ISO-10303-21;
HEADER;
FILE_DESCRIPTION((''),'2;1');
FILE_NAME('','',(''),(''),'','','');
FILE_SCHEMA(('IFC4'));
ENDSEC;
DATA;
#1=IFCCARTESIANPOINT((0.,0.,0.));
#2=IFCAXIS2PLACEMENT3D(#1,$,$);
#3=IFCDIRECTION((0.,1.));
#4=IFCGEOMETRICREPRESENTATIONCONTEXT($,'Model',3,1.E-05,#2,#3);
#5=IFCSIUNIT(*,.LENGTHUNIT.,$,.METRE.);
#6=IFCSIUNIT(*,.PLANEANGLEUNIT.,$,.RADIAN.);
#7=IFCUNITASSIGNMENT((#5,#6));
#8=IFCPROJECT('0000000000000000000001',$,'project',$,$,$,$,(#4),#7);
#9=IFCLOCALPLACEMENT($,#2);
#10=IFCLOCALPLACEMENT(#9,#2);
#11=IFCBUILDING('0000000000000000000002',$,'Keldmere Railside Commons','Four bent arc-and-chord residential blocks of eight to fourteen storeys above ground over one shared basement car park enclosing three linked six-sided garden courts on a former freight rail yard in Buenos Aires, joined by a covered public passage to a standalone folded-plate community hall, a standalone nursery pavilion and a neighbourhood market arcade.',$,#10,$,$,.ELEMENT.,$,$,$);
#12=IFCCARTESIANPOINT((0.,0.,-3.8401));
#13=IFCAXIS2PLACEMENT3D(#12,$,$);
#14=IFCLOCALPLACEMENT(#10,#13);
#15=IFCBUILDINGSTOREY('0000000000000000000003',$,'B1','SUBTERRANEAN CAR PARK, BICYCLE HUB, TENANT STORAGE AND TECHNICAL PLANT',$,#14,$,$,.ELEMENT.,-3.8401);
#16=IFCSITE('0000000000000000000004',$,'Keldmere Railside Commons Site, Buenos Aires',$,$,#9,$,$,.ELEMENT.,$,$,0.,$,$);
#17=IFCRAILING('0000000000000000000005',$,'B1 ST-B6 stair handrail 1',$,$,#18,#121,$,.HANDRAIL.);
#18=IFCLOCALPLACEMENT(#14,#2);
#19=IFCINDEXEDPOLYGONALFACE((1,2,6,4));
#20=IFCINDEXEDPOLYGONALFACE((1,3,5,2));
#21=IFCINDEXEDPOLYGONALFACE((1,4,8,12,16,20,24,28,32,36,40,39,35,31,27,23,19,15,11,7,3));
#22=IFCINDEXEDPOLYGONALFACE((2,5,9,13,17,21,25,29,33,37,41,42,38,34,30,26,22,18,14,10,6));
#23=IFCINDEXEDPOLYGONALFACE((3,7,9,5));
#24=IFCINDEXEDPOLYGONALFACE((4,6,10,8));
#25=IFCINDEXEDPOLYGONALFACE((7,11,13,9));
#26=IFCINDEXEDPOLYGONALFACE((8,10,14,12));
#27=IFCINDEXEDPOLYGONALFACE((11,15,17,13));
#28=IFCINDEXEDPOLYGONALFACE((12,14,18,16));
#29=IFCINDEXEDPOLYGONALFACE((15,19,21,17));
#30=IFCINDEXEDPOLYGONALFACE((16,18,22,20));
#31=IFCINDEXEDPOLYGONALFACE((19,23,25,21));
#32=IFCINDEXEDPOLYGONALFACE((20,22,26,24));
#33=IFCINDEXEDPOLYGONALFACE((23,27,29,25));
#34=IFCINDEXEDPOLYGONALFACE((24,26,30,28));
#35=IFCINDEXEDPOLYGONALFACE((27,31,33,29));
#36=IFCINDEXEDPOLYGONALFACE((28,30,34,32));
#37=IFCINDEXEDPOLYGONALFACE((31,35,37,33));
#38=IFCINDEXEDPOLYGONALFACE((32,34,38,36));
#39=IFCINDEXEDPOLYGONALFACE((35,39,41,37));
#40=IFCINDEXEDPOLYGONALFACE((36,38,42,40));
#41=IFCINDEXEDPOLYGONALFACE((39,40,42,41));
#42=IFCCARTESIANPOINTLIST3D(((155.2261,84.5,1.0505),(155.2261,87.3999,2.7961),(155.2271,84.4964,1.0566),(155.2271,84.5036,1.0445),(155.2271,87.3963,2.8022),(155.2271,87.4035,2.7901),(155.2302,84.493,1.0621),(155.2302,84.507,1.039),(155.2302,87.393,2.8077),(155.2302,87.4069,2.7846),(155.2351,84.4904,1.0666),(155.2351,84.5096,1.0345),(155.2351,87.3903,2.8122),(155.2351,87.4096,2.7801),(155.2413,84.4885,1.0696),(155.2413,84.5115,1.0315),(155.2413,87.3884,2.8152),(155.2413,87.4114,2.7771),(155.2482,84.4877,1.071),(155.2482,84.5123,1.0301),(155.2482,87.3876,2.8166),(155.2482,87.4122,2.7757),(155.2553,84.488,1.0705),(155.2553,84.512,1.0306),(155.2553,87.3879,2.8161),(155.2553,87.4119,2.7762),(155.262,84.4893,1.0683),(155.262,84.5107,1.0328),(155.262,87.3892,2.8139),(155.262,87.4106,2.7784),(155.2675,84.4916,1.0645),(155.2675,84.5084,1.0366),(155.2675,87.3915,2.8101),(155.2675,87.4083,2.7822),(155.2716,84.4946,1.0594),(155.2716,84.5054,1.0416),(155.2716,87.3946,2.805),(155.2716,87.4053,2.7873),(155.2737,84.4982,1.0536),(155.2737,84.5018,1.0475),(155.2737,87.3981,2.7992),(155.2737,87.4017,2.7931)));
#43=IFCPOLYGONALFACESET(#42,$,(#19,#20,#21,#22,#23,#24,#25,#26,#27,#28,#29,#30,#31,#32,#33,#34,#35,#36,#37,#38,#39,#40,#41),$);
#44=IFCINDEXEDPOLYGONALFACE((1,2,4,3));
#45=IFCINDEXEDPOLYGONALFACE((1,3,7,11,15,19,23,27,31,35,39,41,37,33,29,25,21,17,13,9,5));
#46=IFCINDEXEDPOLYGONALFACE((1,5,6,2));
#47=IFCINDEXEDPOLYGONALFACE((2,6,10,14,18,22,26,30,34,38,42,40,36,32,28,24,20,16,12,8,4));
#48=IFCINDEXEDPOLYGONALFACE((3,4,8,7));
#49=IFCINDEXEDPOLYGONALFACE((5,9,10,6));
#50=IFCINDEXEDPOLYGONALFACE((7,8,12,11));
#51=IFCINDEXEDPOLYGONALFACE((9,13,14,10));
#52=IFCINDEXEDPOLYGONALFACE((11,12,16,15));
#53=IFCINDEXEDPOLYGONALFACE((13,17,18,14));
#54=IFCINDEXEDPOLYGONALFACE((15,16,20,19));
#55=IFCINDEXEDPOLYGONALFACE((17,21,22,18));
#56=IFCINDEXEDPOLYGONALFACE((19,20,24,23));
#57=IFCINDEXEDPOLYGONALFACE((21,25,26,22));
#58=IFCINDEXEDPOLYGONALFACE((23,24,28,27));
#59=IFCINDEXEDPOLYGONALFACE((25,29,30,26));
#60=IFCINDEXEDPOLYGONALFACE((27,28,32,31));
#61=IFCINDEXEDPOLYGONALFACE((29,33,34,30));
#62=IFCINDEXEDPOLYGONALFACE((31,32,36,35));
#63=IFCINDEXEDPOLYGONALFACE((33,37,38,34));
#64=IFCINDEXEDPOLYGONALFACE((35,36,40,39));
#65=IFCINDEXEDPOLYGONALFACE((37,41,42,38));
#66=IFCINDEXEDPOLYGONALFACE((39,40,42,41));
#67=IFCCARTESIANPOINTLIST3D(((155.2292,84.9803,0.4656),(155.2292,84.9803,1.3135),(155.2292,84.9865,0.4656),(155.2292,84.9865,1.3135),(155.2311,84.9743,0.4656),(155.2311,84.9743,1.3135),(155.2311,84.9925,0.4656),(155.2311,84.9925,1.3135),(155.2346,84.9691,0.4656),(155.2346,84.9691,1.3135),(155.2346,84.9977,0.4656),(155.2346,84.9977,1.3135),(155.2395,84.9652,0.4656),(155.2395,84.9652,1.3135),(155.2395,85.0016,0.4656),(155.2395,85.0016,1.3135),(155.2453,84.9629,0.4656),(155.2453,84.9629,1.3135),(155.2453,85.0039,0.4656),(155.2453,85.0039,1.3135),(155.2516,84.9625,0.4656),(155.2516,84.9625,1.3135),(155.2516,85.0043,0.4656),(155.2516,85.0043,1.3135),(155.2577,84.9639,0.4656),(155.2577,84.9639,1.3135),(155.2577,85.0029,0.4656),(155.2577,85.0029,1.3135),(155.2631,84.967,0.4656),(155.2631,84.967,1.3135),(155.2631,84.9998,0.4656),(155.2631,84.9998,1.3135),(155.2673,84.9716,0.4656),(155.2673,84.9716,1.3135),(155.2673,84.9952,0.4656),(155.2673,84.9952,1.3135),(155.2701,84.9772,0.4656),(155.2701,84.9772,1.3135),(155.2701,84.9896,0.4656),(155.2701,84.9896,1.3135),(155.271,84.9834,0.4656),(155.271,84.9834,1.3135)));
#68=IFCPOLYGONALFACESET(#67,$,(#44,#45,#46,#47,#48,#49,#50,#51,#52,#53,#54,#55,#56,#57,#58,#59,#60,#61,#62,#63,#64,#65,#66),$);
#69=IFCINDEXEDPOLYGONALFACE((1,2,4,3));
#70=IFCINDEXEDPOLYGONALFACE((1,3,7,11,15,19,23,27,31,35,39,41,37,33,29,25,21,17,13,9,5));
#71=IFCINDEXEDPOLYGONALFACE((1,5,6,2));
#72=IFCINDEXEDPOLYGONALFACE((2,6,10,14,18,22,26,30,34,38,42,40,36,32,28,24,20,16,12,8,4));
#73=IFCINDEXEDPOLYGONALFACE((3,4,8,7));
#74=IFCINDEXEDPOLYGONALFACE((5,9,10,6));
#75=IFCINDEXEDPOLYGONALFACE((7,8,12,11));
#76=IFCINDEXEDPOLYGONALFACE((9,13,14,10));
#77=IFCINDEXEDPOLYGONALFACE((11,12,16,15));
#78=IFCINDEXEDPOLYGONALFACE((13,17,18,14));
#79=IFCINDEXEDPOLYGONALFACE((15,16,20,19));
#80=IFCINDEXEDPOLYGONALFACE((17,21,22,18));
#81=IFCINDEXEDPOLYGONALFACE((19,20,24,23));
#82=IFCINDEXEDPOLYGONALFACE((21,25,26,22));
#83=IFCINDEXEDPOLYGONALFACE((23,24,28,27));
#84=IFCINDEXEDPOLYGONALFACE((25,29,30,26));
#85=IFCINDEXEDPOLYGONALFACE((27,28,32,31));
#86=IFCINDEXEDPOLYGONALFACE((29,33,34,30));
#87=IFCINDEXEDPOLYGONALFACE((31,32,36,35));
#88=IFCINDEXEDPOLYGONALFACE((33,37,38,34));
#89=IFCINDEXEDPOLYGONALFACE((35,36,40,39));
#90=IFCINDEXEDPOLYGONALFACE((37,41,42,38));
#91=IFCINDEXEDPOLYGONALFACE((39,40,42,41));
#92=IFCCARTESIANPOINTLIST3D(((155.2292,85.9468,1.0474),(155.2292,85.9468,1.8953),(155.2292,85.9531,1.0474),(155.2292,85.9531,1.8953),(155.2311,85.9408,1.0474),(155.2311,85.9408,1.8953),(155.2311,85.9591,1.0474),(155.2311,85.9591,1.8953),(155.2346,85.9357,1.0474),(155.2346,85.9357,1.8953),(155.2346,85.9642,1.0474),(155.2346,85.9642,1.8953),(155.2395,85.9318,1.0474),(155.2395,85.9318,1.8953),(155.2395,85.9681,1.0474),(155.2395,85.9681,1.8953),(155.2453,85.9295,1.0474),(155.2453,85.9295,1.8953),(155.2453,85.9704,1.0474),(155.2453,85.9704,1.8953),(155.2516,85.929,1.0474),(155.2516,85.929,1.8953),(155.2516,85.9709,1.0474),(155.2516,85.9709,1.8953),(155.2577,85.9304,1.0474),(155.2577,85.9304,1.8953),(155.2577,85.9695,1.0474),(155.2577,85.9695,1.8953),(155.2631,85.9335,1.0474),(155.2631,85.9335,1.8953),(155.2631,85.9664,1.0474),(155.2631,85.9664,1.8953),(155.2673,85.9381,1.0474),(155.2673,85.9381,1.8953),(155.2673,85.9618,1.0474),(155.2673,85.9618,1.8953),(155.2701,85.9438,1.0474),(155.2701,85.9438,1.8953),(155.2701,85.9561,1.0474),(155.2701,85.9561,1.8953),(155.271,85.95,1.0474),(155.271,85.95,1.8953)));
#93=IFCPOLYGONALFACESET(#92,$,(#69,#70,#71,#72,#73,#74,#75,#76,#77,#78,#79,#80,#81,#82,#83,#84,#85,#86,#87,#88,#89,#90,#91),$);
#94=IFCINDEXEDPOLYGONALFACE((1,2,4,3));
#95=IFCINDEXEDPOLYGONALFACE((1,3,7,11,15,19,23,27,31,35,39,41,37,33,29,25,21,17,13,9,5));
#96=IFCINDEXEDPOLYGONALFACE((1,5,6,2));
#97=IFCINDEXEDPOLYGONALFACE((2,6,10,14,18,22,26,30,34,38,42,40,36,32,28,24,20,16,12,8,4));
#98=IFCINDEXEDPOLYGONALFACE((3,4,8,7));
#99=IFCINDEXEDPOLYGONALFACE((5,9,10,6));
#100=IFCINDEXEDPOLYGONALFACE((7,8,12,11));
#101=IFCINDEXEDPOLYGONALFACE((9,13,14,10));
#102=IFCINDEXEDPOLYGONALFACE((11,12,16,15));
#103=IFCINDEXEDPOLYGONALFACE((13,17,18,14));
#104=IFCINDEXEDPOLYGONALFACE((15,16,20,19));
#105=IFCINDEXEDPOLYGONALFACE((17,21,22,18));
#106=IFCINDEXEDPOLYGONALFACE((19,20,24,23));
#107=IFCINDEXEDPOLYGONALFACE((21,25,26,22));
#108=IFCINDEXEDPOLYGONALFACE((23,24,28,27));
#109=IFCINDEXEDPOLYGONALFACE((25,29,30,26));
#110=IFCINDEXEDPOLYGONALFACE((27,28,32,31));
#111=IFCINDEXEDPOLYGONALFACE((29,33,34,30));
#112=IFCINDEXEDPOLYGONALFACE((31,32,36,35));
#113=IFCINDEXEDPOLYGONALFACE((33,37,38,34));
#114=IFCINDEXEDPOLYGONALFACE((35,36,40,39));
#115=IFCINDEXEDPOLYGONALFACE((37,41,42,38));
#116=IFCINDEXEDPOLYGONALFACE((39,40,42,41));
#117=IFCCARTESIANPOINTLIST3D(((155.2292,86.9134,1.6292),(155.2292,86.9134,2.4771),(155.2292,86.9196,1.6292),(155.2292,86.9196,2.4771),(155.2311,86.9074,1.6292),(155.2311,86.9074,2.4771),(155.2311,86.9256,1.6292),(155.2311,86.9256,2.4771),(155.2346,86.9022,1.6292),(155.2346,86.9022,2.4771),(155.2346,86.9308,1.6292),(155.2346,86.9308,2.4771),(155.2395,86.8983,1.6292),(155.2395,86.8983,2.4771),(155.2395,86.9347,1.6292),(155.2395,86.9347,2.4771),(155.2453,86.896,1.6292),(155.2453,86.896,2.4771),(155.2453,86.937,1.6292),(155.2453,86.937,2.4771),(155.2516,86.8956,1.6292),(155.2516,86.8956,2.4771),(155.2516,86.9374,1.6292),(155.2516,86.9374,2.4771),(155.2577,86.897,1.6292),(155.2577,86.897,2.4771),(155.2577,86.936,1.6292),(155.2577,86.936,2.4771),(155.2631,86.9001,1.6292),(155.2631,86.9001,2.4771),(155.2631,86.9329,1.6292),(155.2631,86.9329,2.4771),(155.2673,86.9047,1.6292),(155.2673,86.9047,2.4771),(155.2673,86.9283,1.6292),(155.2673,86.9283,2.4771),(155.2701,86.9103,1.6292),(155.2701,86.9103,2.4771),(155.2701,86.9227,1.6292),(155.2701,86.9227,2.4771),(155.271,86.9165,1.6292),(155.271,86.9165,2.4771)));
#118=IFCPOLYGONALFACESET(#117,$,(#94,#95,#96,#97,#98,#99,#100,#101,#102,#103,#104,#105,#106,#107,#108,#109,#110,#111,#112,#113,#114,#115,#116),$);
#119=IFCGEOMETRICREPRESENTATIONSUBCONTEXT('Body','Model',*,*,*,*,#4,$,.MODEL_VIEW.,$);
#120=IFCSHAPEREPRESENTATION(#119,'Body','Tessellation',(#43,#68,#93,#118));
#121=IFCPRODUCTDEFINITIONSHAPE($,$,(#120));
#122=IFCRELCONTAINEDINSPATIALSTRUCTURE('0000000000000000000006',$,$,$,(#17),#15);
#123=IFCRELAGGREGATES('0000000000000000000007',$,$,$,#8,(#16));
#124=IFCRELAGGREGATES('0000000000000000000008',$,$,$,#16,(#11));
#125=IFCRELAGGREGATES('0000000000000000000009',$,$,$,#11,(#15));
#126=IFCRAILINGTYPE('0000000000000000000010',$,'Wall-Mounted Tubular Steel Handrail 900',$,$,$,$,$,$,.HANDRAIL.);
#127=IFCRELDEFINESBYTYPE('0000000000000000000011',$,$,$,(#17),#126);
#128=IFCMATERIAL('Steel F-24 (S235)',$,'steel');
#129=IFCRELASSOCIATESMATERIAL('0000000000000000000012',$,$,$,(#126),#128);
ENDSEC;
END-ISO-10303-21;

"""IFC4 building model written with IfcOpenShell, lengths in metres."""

from ifc_helpers import new_model, si_unit, direction, frame, origin, origin_2d, place, context, subcontext, project, spatial, circle, extrude, material, type_object, element, save


model = new_model("IFC4")

# Units and contexts
model_context = context("Model", 3, precision=1e-05, world=origin(), true_north=direction((0.0, 1.0)))
body_context = subcontext(model_context, "Body", "Model", "MODEL_VIEW")
ifc_project = project(units=[si_unit("LENGTHUNIT", "METRE"), si_unit("PLANEANGLEUNIT", "RADIAN")], contexts=[model_context])

# Site, building, storey
site_placement = place(None, origin())
site = spatial("IfcSite", under=ifc_project, at=site_placement, Name="Keldmere Railside Commons Site, Buenos Aires", CompositionType="ELEMENT", RefElevation=0.0)
building_placement = place(site_placement, origin())
building = spatial("IfcBuilding", under=site, at=building_placement, Name="Keldmere Railside Commons", Description="Four bent arc-and-chord residential blocks of eight to fourteen storeys above ground over one shared basement car park enclosing three linked six-sided garden courts on a former freight rail yard in Buenos Aires, joined by a covered public passage to a standalone folded-plate community hall, a standalone nursery pavilion and a neighbourhood market arcade.", CompositionType="ELEMENT")
storey_placement = place(building_placement, frame((0.0, 0.0, -3.8401)))
storey = spatial("IfcBuildingStorey", under=building, at=storey_placement, Name="B1", Description="SUBTERRANEAN CAR PARK, BICYCLE HUB, TENANT STORAGE AND TECHNICAL PLANT", CompositionType="ELEMENT", Elevation=-3.8401)

# Shared definitions
ifc_material_1 = material(Name="Steel F-24 (S235)", Category="steel")

# Railing
railing_type_1 = type_object("IfcRailingType", Name="Wall-Mounted Tubular Steel Handrail 900", PredefinedType="HANDRAIL", material=ifc_material_1)
railing_1_placement = place(storey_placement, frame((155.25, 84.5, 0.1746)))
element("IfcRailing", 1, at=railing_1_placement, inside=storey, type_object=railing_type_1, Name="B1 ST-B6 stair handrail 1", PredefinedType="HANDRAIL", context=body_context, shape_type="SweptSolid", body=[
    extrude(circle(Radius=0.0239, at=origin_2d()), frame((0.0, 0.0, 0.876), z_axis=(0.0, 0.856754, 0.515726), x_axis=(-1.0, 0.0, 0.0)), (0.0, 0.0, 1.0), 3.3848),
    extrude(circle(Radius=0.021, at=origin_2d()), frame((0.0, 0.4834, 0.291)), (0.0, 0.0, 1.0), 0.8479),
    extrude(circle(Radius=0.021, at=origin_2d()), frame((0.0, 1.45, 0.8728)), (0.0, 0.0, 1.0), 0.8479),
    extrude(circle(Radius=0.021, at=origin_2d()), frame((0.0, 2.4165, 1.4546)), (0.0, 0.0, 1.0), 0.8479),
])

save(model, "model.ifc")
